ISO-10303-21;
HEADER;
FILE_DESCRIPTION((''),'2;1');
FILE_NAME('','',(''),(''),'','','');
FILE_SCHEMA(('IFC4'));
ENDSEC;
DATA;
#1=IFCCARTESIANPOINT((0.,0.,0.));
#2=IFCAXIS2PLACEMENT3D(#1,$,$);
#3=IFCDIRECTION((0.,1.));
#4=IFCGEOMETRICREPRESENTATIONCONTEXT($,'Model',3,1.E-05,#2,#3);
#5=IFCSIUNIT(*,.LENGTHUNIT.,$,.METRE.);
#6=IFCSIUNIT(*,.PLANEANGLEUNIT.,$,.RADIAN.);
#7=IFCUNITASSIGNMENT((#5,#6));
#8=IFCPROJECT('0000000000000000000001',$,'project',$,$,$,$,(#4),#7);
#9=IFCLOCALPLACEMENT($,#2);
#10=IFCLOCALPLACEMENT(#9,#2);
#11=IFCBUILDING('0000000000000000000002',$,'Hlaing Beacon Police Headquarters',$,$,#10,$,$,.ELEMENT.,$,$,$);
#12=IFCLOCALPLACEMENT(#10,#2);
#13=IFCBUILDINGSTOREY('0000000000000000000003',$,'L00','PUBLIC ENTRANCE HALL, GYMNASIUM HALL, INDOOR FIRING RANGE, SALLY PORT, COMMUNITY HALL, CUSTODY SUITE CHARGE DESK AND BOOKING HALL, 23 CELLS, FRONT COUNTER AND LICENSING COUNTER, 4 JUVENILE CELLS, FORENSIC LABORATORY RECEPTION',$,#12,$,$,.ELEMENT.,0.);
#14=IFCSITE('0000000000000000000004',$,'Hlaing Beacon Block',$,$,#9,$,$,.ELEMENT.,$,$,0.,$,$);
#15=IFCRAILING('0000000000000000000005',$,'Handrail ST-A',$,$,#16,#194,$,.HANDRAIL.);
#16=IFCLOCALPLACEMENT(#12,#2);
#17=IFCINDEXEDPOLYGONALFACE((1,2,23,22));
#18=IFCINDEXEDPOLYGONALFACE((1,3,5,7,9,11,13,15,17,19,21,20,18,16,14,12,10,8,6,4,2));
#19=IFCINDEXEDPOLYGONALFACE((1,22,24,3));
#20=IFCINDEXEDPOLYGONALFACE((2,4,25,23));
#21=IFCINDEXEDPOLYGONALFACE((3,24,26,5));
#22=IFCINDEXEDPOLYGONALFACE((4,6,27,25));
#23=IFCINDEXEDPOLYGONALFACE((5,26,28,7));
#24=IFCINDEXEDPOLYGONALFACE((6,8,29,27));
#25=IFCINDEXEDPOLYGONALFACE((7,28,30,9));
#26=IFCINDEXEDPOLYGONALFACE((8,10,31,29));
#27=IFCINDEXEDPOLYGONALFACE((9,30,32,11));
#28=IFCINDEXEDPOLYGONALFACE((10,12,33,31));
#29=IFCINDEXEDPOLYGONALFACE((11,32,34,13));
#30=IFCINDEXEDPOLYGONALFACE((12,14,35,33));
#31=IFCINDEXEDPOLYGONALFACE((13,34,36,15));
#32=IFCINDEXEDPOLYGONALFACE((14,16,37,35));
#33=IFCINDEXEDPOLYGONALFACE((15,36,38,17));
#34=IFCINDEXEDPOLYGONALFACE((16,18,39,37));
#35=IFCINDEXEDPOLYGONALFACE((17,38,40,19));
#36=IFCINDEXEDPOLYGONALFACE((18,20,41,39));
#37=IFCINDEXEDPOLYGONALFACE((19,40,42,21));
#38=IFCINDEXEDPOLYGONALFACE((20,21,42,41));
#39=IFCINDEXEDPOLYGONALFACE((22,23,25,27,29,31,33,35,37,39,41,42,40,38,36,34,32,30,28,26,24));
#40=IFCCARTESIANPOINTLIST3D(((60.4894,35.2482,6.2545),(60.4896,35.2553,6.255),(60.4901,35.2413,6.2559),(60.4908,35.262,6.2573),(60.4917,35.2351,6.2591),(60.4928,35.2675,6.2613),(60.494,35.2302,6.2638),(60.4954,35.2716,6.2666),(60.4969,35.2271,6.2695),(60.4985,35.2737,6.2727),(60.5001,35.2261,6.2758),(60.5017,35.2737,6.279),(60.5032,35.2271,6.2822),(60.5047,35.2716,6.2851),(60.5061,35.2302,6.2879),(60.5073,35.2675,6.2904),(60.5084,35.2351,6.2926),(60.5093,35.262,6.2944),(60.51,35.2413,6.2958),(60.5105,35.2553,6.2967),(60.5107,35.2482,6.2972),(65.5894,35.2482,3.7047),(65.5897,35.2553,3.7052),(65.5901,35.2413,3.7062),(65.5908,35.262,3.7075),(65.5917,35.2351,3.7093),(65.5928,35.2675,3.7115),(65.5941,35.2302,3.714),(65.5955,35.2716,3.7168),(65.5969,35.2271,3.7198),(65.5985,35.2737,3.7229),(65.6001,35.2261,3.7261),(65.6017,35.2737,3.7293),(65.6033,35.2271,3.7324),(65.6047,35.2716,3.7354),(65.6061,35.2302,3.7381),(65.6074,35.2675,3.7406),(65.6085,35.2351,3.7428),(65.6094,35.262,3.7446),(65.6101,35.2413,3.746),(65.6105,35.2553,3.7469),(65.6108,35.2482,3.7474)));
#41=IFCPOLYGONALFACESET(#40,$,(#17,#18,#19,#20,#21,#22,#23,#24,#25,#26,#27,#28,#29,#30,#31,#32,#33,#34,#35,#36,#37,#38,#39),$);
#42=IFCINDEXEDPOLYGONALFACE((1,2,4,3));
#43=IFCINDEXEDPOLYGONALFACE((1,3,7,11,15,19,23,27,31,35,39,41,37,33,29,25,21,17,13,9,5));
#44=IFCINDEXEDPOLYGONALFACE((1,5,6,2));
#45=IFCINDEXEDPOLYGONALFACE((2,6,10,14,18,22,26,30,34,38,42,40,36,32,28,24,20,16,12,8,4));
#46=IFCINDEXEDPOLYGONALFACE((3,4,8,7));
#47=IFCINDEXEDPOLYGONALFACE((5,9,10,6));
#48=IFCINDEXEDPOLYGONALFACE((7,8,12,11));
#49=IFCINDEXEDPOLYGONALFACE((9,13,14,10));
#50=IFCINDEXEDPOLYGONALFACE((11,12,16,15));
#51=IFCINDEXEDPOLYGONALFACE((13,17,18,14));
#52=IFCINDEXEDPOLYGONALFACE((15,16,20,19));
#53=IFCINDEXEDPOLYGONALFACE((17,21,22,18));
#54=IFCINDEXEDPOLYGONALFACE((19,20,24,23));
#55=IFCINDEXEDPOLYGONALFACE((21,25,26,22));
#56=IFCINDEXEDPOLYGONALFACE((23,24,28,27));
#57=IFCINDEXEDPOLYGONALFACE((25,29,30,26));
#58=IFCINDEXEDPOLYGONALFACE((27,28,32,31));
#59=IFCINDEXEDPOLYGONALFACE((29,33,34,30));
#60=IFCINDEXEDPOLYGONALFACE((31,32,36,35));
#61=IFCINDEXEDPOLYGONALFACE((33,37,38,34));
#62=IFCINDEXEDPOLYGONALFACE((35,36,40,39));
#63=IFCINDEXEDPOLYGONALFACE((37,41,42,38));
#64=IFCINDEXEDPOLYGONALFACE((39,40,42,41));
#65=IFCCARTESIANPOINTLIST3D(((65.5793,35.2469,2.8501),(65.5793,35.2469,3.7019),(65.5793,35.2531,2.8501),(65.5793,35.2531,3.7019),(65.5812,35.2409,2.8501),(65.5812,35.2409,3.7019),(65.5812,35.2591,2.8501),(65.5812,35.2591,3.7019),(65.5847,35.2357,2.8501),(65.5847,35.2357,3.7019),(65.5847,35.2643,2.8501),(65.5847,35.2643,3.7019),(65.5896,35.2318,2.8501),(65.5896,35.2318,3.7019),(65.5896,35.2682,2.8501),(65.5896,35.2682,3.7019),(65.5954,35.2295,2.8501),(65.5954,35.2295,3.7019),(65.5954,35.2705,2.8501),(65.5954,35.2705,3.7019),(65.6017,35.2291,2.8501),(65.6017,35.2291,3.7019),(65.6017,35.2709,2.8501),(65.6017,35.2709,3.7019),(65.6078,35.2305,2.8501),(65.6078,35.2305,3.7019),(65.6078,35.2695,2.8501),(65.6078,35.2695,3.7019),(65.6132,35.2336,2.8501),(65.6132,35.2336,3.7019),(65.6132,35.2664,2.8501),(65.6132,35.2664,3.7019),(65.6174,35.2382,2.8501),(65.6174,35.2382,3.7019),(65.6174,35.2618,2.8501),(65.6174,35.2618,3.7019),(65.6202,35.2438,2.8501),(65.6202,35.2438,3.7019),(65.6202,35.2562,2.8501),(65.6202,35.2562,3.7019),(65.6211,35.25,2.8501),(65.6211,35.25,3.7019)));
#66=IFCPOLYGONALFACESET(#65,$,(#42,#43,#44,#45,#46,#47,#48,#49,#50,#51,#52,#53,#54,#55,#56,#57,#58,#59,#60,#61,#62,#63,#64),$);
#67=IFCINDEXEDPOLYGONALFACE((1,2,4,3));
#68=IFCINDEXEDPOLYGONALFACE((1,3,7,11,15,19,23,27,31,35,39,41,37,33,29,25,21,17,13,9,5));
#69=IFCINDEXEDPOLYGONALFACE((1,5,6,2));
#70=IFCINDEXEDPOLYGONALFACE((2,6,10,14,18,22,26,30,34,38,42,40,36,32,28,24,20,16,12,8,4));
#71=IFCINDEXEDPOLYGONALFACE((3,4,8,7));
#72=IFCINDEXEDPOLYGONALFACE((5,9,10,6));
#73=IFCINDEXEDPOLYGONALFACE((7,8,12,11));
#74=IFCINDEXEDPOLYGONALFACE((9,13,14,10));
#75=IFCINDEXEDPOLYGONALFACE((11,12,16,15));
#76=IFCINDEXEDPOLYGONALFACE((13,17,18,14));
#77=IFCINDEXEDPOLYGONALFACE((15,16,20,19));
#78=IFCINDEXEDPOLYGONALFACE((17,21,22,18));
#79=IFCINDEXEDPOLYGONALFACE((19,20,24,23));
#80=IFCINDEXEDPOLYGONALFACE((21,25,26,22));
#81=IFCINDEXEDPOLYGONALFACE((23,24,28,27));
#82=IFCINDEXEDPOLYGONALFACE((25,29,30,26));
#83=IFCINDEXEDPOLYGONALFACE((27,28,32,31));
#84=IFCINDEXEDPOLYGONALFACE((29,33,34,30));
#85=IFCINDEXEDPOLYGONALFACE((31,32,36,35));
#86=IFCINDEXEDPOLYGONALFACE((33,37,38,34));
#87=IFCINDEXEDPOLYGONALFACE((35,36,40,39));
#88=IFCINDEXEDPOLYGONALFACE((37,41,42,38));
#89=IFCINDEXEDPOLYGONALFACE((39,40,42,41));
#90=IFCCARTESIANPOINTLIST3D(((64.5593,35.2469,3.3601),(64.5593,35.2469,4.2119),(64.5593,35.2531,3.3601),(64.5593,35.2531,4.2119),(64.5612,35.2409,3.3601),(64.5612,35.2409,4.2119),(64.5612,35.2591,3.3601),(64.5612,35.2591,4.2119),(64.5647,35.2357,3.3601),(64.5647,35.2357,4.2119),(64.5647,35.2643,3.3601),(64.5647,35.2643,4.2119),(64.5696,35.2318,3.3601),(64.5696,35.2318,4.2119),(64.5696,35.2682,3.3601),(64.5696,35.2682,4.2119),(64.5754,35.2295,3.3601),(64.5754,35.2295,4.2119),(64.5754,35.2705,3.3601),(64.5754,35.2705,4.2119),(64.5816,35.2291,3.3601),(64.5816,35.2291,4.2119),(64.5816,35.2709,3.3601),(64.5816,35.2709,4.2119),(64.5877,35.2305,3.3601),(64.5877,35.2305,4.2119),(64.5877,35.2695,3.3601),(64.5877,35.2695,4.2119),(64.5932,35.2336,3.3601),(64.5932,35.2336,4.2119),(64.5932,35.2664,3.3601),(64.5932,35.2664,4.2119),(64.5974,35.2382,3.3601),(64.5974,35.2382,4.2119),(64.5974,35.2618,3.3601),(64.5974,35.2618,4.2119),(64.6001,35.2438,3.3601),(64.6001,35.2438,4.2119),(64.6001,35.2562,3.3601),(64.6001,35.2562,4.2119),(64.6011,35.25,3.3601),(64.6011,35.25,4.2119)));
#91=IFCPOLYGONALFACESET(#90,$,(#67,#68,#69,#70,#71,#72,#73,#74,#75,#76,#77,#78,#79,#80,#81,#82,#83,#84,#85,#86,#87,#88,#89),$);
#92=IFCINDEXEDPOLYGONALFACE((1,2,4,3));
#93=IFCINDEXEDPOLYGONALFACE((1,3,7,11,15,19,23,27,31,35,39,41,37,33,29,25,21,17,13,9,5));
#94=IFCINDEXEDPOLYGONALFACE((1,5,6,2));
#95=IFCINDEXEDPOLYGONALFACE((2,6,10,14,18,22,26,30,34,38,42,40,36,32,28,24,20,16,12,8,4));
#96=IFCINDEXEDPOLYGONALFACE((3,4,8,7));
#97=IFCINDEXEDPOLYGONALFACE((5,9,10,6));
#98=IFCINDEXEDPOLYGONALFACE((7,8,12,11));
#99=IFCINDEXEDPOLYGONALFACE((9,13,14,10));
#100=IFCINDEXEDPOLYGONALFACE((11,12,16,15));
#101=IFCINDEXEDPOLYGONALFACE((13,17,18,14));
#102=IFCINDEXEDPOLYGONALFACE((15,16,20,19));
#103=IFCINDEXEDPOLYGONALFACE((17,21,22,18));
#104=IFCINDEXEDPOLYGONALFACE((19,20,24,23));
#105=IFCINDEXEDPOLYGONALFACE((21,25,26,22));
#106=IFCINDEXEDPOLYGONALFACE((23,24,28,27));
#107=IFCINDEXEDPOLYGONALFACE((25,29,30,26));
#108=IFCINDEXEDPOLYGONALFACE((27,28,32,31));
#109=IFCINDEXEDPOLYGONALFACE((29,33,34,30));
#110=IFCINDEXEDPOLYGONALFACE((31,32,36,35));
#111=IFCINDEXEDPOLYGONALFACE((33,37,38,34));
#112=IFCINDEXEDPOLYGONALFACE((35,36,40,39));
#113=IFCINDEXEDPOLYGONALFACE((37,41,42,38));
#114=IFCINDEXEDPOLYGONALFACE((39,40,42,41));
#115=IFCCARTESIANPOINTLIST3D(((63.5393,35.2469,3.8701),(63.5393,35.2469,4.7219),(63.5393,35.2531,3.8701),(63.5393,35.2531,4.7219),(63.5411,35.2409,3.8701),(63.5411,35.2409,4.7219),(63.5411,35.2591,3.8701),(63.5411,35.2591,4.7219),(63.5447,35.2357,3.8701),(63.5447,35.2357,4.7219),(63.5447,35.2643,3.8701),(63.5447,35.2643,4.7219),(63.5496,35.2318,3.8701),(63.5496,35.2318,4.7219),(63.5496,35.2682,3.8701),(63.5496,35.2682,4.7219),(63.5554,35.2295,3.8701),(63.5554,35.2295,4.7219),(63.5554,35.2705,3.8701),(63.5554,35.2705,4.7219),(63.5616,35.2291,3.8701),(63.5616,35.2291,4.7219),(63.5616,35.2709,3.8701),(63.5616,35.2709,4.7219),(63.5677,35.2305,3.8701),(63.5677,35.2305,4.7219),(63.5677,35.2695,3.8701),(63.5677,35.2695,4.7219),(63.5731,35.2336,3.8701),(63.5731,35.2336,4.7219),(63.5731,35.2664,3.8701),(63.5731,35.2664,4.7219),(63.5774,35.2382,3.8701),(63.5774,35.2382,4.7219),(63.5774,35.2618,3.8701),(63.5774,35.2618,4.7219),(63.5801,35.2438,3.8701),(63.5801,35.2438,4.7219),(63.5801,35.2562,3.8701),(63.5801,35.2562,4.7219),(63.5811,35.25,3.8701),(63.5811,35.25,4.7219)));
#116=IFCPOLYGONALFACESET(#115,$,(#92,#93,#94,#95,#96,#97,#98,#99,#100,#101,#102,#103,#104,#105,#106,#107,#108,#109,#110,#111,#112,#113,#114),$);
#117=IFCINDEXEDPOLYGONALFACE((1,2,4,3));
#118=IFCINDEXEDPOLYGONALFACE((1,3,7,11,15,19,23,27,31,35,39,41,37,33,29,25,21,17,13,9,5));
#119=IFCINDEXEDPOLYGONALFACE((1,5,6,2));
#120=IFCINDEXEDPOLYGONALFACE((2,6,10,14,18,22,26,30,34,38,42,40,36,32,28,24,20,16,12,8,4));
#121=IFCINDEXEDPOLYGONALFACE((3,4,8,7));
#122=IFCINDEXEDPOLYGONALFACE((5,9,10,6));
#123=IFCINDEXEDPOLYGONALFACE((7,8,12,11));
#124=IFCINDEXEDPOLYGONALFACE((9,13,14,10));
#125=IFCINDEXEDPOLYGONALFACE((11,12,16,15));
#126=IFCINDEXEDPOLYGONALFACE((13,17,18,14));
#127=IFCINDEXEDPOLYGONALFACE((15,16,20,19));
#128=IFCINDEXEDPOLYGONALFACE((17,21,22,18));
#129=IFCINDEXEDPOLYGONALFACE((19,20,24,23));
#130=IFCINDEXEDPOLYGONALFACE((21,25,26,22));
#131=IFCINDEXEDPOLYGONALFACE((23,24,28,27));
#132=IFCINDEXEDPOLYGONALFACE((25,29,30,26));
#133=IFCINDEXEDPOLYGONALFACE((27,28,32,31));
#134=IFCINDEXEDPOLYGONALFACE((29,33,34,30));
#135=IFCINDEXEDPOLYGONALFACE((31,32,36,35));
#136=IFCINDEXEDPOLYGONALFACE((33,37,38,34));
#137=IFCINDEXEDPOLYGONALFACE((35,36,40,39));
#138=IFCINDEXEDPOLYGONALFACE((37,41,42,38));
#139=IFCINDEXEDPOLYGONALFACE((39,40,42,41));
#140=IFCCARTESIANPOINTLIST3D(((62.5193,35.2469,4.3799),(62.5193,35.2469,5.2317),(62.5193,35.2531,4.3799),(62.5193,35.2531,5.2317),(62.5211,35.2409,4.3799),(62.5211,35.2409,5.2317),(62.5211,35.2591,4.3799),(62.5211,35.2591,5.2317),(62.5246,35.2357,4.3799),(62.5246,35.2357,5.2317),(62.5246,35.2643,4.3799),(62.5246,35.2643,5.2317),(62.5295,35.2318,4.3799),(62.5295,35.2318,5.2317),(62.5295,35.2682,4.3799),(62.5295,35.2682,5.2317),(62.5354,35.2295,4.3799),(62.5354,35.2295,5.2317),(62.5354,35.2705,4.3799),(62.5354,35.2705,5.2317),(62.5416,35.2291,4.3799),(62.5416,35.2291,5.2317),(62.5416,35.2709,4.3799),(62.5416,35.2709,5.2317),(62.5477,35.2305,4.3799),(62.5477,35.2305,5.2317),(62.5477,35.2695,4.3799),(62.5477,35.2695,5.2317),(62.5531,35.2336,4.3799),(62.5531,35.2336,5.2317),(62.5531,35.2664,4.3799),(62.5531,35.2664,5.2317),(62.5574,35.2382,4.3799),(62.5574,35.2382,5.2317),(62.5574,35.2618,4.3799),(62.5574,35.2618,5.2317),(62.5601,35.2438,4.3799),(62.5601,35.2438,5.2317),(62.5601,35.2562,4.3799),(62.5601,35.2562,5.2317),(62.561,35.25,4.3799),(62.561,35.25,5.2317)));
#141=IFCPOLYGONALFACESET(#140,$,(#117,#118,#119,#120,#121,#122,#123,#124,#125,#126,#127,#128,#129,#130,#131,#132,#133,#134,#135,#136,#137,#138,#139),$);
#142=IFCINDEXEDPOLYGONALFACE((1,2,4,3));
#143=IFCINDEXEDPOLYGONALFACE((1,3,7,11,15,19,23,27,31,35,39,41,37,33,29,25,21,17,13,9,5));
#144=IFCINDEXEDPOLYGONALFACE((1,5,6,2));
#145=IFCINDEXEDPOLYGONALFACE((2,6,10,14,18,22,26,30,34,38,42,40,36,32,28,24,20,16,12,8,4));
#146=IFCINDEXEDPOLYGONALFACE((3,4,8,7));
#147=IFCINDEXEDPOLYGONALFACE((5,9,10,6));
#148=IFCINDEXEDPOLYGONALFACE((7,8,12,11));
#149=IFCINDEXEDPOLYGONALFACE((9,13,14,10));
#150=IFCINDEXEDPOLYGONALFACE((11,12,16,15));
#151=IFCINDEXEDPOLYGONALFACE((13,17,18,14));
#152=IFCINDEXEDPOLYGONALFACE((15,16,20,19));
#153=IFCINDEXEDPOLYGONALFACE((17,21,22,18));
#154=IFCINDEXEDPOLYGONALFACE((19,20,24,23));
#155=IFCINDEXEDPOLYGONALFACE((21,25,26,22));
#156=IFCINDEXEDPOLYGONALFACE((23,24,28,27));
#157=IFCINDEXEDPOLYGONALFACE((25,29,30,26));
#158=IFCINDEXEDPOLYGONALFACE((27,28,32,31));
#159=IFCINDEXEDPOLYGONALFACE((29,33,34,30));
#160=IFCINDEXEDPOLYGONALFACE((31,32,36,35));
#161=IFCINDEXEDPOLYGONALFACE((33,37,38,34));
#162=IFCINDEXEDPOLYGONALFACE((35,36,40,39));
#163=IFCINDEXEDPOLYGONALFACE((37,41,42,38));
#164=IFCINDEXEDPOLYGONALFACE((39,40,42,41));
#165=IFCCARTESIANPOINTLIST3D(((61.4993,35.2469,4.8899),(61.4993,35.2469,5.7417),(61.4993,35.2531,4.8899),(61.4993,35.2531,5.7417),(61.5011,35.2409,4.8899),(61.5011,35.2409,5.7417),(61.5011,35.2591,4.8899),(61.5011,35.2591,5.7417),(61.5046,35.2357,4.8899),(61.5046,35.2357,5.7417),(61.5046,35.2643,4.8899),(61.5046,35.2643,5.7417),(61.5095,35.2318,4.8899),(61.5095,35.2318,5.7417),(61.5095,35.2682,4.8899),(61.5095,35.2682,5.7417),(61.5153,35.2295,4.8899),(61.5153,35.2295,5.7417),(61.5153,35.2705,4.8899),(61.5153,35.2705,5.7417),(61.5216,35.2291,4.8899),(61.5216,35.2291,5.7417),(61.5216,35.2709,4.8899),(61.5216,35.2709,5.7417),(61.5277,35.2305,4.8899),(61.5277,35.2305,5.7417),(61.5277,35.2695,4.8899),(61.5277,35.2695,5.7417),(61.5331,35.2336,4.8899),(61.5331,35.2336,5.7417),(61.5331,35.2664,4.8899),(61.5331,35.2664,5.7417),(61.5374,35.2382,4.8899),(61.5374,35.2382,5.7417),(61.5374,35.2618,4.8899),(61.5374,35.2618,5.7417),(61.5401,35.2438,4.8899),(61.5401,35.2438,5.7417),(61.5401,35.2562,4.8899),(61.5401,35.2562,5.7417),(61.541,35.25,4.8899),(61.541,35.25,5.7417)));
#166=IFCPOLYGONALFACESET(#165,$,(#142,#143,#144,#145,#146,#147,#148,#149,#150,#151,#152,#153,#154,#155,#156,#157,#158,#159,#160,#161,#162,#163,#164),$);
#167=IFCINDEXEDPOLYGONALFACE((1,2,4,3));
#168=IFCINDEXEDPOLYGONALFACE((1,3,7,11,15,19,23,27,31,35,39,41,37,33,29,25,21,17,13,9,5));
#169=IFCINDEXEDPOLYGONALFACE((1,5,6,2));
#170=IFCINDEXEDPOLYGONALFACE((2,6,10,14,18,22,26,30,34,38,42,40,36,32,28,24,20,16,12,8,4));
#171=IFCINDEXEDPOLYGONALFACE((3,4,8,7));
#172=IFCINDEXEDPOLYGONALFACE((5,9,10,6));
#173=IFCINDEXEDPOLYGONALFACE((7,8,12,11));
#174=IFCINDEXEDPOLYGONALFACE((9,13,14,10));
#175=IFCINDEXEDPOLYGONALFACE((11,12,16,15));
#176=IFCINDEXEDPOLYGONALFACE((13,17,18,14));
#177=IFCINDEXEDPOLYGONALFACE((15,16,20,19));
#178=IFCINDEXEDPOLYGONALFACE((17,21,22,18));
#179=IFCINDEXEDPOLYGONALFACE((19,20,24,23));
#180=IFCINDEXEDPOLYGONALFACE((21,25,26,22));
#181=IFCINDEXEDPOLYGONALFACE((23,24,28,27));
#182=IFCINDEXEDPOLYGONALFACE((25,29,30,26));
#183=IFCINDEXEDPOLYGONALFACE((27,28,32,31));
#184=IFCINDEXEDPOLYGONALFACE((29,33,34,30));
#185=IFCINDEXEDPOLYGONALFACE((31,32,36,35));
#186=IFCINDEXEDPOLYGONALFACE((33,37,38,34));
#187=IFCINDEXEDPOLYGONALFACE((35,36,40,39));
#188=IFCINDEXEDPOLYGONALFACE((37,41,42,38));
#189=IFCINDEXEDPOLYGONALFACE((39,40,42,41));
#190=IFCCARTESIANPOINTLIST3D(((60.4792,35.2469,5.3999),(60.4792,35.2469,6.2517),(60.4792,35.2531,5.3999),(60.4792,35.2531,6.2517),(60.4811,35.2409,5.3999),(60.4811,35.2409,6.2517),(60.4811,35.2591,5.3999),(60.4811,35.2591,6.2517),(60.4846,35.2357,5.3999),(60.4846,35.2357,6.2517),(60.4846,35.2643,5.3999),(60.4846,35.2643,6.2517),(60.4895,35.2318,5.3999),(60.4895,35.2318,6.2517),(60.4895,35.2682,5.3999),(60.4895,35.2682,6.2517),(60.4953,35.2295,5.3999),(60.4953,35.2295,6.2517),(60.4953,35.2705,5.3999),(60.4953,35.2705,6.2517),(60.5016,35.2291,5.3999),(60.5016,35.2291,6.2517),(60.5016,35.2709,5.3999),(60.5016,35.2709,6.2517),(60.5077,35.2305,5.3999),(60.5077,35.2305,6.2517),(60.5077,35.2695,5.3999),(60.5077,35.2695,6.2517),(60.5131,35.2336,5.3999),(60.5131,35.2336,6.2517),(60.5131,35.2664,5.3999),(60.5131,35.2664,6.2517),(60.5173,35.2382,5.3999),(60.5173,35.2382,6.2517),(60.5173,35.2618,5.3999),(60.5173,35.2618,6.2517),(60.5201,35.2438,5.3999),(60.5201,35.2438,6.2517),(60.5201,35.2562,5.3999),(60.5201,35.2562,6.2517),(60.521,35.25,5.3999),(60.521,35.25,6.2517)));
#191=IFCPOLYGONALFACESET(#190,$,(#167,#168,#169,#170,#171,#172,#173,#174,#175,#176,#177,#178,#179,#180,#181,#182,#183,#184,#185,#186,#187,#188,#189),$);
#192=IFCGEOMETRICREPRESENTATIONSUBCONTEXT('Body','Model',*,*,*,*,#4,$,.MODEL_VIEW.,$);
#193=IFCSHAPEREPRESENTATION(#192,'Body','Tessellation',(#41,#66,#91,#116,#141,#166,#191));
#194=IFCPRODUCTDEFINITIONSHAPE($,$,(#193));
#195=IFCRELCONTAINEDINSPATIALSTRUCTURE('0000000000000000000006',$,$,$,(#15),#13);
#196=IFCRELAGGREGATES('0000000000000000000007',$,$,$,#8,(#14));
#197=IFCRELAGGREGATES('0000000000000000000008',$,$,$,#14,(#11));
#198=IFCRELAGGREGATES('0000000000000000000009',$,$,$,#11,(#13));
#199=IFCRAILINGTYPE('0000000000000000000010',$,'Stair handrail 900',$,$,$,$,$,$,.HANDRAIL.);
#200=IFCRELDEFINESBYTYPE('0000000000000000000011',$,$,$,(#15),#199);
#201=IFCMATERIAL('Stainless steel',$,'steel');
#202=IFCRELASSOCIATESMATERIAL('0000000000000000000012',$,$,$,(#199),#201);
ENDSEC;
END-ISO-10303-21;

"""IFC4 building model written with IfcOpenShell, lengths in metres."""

from ifc_helpers import new_model, si_unit, direction, frame, origin, origin_2d, place, context, subcontext, project, spatial, circle, extrude, material, type_object, element, save


model = new_model("IFC4")

# Units and contexts
model_context = context("Model", 3, precision=1e-05, world=origin(), true_north=direction((0.0, 1.0)))
body_context = subcontext(model_context, "Body", "Model", "MODEL_VIEW")
ifc_project = project(units=[si_unit("LENGTHUNIT", "METRE"), si_unit("PLANEANGLEUNIT", "RADIAN")], contexts=[model_context])

# Site, building, storey
site_placement = place(None, origin())
site = spatial("IfcSite", under=ifc_project, at=site_placement, Name="Hlaing Beacon Block", CompositionType="ELEMENT", RefElevation=0.0)
building_placement = place(site_placement, origin())
building = spatial("IfcBuilding", under=site, at=building_placement, Name="Hlaing Beacon Police Headquarters", CompositionType="ELEMENT")
storey_placement = place(building_placement, origin())
storey = spatial("IfcBuildingStorey", under=building, at=storey_placement, Name="L00", Description="PUBLIC ENTRANCE HALL, GYMNASIUM HALL, INDOOR FIRING RANGE, SALLY PORT, COMMUNITY HALL, CUSTODY SUITE CHARGE DESK AND BOOKING HALL, 23 CELLS, FRONT COUNTER AND LICENSING COUNTER, 4 JUVENILE CELLS, FORENSIC LABORATORY RECEPTION", CompositionType="ELEMENT", Elevation=0.0)

# Railing
ifc_material_1 = material(Name="Stainless steel", Category="steel")
railing_type = type_object("IfcRailingType", Name="Stair handrail 900", PredefinedType="HANDRAIL", material=ifc_material_1)
for number, where, name in (
    (1, (65.6001, 35.25, 2.8501), "Handrail ST-A"),
):
    element("IfcRailing", number, at=place(storey_placement, frame(where)), inside=storey, type_object=railing_type, Name=name, PredefinedType="HANDRAIL", context=body_context, shape_type="SweptSolid", body=[
        extrude(circle(Radius=0.0239, at=origin_2d()), frame((0.0, 0.0, 0.876), z_axis=(-0.894444, 0.0, 0.447179), x_axis=(0.0, -1.0, 0.0)), (0.0, 0.0, 1.0), 5.7019),
        extrude(circle(Radius=0.021, at=origin_2d()), origin(), (0.0, 0.0, 1.0), 0.8518),
        extrude(circle(Radius=0.021, at=origin_2d()), frame((-1.02, 0.0, 0.51)), (0.0, 0.0, 1.0), 0.8518),
        extrude(circle(Radius=0.021, at=origin_2d()), frame((-2.04, 0.0, 1.02)), (0.0, 0.0, 1.0), 0.8518),
        extrude(circle(Radius=0.021, at=origin_2d()), frame((-3.0601, 0.0, 1.5298)), (0.0, 0.0, 1.0), 0.8518),
        extrude(circle(Radius=0.021, at=origin_2d()), frame((-4.0801, 0.0, 2.0398)), (0.0, 0.0, 1.0), 0.8518),
        extrude(circle(Radius=0.021, at=origin_2d()), frame((-5.1001, 0.0, 2.5498)), (0.0, 0.0, 1.0), 0.8518),
    ])

save(model, "model.ifc")
